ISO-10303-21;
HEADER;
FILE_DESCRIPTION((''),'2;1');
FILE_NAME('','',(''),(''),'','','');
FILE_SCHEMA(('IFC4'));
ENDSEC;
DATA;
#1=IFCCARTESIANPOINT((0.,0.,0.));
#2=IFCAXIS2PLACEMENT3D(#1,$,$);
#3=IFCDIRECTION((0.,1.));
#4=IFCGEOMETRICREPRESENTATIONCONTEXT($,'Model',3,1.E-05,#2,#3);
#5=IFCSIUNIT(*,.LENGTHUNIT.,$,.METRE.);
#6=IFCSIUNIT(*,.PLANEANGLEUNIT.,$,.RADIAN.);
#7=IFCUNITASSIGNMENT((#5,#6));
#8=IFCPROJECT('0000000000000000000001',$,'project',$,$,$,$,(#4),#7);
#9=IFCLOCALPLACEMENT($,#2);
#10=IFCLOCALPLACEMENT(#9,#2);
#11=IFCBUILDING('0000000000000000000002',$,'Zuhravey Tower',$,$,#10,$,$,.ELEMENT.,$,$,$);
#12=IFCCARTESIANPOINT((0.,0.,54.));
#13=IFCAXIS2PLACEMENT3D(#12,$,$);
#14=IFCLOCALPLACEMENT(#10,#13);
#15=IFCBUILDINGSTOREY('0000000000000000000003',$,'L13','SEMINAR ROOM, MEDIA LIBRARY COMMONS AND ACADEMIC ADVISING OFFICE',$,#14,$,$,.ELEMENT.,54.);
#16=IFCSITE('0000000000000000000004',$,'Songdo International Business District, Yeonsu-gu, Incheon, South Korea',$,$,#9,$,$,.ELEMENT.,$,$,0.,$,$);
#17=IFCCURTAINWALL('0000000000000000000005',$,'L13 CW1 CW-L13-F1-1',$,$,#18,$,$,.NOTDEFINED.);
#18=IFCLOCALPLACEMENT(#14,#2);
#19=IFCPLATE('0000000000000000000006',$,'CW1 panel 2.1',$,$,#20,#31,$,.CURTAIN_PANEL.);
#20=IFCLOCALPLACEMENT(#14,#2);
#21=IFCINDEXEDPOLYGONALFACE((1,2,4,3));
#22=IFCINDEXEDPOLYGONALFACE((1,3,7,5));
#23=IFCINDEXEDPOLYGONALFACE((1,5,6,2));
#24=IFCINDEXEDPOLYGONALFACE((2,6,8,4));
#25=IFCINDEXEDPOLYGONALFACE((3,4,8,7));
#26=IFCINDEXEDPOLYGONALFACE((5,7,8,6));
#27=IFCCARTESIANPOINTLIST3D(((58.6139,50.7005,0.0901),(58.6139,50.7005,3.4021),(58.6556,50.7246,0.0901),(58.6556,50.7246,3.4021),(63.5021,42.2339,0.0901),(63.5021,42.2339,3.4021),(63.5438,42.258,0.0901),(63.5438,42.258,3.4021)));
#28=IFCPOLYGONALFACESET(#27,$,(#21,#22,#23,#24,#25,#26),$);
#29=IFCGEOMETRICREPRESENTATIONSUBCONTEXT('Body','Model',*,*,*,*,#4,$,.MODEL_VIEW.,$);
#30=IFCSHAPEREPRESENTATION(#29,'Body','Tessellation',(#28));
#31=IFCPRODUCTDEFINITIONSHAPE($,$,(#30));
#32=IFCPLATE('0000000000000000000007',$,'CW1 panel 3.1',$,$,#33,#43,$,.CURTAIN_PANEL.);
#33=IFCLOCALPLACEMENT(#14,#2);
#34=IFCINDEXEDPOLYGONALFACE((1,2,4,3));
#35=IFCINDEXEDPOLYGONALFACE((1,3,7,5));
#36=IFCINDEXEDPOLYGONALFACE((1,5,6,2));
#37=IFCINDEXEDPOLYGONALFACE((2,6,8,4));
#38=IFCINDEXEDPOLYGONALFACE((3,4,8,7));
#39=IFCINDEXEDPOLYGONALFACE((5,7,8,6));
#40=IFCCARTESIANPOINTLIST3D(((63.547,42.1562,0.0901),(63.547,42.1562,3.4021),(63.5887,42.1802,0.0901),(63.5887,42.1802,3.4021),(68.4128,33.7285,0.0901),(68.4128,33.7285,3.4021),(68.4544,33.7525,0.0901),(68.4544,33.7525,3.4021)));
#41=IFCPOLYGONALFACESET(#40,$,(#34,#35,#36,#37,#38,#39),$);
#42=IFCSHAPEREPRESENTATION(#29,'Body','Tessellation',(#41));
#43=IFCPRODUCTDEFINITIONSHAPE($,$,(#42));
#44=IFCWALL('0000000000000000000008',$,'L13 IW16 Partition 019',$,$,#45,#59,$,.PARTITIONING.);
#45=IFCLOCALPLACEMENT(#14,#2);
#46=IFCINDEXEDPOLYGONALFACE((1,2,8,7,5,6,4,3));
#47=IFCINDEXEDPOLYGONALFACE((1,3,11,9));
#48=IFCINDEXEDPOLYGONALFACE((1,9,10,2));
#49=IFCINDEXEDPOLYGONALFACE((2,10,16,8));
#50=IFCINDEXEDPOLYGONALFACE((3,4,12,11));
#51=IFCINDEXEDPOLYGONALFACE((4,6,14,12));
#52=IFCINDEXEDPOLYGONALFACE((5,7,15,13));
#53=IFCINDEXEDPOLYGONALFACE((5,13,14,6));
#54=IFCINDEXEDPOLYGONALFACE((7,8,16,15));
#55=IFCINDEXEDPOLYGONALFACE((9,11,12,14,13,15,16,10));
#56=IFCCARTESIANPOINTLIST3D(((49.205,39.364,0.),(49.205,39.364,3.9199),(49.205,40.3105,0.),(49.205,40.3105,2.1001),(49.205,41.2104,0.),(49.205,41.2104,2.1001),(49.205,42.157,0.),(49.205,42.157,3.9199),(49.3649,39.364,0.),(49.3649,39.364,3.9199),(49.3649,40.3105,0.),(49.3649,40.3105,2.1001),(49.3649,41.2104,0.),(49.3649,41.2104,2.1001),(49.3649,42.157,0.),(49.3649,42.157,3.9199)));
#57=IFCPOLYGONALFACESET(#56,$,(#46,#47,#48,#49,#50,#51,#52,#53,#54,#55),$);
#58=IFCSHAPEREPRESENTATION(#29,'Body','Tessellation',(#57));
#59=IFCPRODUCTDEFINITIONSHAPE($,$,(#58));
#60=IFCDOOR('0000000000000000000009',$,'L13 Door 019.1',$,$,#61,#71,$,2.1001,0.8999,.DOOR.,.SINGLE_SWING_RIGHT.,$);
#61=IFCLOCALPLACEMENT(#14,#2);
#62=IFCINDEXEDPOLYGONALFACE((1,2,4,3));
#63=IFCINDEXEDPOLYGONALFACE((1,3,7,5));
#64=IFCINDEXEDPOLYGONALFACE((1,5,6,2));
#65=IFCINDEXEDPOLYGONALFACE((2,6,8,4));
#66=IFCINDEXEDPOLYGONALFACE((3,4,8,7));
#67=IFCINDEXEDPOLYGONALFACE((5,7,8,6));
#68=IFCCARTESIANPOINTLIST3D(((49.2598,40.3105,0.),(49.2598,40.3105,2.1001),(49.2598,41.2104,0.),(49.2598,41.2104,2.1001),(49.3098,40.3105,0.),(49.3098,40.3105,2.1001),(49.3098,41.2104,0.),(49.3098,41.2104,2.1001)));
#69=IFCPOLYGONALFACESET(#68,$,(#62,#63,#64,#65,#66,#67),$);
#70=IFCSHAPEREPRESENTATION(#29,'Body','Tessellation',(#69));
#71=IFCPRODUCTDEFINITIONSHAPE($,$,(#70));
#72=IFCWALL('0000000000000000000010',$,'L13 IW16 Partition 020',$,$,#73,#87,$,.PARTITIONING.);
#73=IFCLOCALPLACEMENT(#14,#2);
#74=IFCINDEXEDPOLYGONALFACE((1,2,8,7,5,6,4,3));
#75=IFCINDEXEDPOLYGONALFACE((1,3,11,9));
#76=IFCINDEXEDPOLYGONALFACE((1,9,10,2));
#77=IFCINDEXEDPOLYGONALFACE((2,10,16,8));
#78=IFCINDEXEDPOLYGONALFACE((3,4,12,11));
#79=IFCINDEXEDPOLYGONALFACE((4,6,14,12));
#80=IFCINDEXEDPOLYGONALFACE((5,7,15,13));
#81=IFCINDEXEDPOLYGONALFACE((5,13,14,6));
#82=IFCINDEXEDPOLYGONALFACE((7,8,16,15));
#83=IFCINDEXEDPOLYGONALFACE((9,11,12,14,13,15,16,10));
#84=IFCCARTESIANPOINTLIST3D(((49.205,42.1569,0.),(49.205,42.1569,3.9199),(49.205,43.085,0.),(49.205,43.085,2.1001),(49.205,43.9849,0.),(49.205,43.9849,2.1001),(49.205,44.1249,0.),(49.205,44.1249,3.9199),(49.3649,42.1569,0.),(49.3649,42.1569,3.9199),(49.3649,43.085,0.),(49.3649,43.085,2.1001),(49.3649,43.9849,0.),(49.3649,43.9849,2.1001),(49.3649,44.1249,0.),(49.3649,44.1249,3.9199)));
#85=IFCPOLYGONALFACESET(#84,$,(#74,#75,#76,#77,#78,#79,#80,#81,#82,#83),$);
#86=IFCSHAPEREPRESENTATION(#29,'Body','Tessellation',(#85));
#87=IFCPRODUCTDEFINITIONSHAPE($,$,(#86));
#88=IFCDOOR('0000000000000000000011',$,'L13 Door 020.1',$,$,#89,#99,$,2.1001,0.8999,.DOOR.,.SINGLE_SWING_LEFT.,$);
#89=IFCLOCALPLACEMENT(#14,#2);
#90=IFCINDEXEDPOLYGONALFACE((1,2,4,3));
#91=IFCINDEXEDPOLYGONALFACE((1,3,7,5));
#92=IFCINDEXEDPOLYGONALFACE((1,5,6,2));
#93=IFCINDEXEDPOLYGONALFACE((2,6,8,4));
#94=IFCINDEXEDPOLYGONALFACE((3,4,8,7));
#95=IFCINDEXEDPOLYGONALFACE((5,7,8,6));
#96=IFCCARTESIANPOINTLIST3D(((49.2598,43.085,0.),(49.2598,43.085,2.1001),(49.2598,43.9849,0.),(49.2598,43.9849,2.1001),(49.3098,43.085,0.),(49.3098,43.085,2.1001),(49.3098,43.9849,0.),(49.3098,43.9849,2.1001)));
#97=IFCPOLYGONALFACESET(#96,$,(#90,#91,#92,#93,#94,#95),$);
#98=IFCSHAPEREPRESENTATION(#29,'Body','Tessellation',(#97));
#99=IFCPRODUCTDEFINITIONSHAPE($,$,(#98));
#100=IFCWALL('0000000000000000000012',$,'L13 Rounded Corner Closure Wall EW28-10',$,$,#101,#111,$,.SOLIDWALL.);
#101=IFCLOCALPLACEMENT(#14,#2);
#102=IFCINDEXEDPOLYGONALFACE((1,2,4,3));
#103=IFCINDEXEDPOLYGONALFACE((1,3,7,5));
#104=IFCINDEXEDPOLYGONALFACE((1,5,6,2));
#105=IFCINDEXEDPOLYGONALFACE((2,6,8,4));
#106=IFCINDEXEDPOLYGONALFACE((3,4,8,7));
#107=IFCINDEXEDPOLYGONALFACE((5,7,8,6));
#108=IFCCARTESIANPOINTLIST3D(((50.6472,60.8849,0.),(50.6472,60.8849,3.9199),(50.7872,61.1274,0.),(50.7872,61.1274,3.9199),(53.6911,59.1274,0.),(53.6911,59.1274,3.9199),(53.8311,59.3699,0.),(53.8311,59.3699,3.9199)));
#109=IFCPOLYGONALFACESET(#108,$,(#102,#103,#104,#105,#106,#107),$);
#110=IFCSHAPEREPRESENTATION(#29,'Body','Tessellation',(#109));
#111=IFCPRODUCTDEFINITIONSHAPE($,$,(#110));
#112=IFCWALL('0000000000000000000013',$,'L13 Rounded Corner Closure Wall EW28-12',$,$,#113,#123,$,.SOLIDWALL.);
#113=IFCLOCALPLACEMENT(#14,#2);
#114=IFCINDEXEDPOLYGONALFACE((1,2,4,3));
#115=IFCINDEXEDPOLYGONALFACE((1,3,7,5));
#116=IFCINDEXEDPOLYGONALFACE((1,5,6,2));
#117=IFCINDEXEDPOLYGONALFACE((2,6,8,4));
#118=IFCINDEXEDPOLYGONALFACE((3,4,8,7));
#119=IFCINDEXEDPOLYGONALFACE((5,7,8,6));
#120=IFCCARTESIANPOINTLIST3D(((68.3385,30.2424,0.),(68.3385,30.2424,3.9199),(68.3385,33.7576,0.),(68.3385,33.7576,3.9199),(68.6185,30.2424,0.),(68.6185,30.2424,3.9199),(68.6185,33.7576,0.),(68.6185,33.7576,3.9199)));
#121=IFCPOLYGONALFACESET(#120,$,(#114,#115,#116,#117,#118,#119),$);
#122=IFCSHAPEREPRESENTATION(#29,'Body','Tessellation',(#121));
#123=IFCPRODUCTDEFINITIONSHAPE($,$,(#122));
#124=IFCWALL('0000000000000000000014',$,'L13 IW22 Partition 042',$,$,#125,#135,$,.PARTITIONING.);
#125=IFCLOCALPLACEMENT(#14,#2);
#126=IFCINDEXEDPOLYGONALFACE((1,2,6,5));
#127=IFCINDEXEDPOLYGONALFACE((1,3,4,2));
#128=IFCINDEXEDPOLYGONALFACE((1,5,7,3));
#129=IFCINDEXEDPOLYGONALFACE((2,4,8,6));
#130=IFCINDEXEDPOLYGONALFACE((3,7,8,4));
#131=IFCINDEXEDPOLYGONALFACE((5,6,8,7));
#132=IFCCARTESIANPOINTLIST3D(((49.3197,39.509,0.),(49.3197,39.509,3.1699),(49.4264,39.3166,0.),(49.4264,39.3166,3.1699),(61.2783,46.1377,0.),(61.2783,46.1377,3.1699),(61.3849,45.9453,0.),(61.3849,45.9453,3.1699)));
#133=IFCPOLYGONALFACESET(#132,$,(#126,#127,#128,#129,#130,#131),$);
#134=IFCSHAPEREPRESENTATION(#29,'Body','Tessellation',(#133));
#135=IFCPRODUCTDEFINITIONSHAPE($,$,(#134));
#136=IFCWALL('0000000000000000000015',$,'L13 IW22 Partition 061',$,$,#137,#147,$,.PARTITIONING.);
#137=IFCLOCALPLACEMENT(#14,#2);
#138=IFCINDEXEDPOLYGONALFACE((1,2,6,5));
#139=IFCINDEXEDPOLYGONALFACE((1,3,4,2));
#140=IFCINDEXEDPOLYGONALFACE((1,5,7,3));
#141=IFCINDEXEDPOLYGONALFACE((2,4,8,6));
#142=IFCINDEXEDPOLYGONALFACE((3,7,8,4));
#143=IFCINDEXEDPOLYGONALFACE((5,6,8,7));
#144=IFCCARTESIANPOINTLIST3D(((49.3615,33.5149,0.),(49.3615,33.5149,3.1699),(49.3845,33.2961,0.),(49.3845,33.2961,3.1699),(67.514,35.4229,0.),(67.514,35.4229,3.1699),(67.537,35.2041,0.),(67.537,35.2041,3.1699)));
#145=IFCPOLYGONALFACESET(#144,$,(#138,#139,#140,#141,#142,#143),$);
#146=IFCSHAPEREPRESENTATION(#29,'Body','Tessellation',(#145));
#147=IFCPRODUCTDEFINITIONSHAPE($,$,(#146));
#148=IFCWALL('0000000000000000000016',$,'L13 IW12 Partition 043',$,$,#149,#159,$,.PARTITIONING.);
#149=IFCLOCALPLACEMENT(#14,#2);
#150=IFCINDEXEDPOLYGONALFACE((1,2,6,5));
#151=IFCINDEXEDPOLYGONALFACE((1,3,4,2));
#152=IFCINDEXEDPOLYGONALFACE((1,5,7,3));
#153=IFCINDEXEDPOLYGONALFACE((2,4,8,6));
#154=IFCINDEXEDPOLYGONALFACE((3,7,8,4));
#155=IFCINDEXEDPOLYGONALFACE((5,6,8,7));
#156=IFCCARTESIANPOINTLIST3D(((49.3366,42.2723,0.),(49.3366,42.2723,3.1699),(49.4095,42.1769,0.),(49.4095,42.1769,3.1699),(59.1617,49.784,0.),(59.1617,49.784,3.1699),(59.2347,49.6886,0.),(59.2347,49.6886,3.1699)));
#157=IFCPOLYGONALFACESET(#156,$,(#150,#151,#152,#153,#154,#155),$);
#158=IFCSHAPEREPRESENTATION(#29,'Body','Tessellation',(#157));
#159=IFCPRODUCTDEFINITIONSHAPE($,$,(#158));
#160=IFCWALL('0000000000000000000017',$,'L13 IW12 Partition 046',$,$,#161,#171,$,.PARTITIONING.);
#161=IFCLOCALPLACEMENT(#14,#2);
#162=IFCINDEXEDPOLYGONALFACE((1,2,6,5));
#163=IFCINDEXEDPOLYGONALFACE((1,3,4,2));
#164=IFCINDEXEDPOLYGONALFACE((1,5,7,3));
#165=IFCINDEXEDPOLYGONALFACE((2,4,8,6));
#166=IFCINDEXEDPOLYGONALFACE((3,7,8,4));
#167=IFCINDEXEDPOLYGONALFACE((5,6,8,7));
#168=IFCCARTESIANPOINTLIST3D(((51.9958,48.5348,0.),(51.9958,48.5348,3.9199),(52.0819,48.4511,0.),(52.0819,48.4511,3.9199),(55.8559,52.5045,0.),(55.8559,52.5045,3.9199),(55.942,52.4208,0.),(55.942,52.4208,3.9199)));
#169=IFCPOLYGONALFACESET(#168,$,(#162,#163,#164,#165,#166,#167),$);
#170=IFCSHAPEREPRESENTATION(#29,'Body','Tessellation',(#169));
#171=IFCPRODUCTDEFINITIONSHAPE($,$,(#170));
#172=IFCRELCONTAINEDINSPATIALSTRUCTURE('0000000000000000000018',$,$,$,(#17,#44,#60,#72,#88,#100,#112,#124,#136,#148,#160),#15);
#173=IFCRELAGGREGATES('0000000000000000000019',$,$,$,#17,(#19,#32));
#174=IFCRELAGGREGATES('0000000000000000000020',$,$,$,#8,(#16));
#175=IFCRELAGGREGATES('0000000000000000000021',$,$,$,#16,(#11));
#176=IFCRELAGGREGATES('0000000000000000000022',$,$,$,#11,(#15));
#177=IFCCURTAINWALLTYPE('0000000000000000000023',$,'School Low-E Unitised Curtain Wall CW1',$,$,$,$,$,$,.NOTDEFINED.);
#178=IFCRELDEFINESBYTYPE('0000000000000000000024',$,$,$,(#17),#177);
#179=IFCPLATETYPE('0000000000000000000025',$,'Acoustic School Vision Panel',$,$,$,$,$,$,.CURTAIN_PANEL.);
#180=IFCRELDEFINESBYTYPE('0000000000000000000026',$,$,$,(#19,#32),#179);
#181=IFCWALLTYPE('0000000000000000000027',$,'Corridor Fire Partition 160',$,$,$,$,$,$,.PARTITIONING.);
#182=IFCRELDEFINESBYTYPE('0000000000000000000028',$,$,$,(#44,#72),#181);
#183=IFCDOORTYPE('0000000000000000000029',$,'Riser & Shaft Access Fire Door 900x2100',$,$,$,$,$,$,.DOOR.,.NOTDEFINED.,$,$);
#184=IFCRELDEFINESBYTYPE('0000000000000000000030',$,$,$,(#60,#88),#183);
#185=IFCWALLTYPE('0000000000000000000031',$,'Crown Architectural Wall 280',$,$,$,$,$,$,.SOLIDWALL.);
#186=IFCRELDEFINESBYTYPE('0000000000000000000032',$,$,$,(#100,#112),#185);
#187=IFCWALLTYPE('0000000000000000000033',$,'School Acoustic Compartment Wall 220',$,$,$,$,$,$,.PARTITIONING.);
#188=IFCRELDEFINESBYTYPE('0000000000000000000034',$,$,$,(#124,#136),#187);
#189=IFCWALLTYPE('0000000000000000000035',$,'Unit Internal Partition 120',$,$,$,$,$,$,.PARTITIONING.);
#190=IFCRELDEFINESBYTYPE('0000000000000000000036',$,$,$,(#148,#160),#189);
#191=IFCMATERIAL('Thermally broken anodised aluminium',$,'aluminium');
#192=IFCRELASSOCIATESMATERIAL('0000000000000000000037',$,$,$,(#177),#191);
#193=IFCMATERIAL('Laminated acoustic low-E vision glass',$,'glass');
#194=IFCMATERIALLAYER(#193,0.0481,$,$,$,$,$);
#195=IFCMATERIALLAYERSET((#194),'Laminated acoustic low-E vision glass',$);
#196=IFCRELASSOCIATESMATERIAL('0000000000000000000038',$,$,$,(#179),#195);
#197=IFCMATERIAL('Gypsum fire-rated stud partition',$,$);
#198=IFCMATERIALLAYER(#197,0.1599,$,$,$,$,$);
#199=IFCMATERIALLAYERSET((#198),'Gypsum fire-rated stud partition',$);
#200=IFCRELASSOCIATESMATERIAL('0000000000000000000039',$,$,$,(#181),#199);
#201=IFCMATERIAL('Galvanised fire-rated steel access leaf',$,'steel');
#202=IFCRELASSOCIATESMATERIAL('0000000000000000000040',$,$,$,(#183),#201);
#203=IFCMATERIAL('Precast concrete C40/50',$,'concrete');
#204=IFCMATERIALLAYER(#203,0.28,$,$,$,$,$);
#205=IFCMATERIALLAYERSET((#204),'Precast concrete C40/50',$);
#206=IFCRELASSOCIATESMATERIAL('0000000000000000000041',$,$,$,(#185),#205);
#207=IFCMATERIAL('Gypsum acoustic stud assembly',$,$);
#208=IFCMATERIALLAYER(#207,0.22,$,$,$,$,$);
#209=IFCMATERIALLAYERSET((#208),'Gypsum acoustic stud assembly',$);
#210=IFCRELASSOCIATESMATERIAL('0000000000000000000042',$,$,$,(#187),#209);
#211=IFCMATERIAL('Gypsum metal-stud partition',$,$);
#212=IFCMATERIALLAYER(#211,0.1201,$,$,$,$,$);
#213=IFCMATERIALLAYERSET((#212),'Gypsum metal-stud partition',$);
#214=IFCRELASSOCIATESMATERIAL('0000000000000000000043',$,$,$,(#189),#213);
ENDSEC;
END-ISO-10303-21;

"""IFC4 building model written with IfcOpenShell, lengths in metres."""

from ifc_helpers import new_model, si_unit, direction, frame, frame_2d, origin, origin_2d, place, context, subcontext, project, spatial, rectangle, extrude, material, layer, layer_set, type_object, element, fill, aggregate, save


model = new_model("IFC4")

# Units and contexts
model_context = context("Model", 3, precision=1e-05, world=origin(), true_north=direction((0.0, 1.0)))
body_context = subcontext(model_context, "Body", "Model", "MODEL_VIEW")
ifc_project = project(units=[si_unit("LENGTHUNIT", "METRE"), si_unit("PLANEANGLEUNIT", "RADIAN")], contexts=[model_context])

# Site, building, storey
site_placement = place(None, origin())
site = spatial("IfcSite", under=ifc_project, at=site_placement, Name="Songdo International Business District, Yeonsu-gu, Incheon, South Korea", CompositionType="ELEMENT", RefElevation=0.0)
building_placement = place(site_placement, origin())
building = spatial("IfcBuilding", under=site, at=building_placement, Name="Zuhravey Tower", CompositionType="ELEMENT")
storey_placement = place(building_placement, frame((0.0, 0.0, 54.0)))
storey = spatial("IfcBuildingStorey", under=building, at=storey_placement, Name="L13", Description="SEMINAR ROOM, MEDIA LIBRARY COMMONS AND ACADEMIC ADVISING OFFICE", CompositionType="ELEMENT", Elevation=54.0)

# Shared definitions
ifc_material_1 = material(Name="Thermally broken anodised aluminium", Category="aluminium")
curtain_wall_type = type_object("IfcCurtainWallType", Name="School Low-E Unitised Curtain Wall CW1", PredefinedType="NOTDEFINED", material=ifc_material_1)

# Curtain wall
curtain_wall_1_placement = place(storey_placement, origin())
curtain_wall_1 = element("IfcCurtainWall", 1, at=curtain_wall_1_placement, inside=storey, type_object=curtain_wall_type, Name="L13 CW1 CW-L13-F1-1", PredefinedType="NOTDEFINED")

# Plates
ifc_material_2 = material(Name="Laminated acoustic low-E vision glass", Category="glass")
ifc_layer_1 = layer(ifc_material_2, 0.0481)
ifc_layer_set_1 = layer_set([ifc_layer_1], Name="Laminated acoustic low-E vision glass")
plate_type = type_object("IfcPlateType", Name="Acoustic School Vision Panel", PredefinedType="CURTAIN_PANEL", material=ifc_layer_set_1)
plate_1_placement = place(storey_placement, frame((61.0789, 46.4792, 0.0901), z_axis=(0.0, 0.0, 1.0), x_axis=(0.5, -0.866026, 0.0)))
plate_1 = element("IfcPlate", 2, at=plate_1_placement, type_object=plate_type, Name="CW1 panel 2.1", PredefinedType="CURTAIN_PANEL", context=body_context, shape_type="SweptSolid", body=[
    extrude(rectangle(XDim=9.7764, YDim=0.0481, at=origin_2d()), origin(), (0.0, 0.0, 1.0), 3.312),
])
plate_2_placement = place(storey_placement, frame((66.0007, 37.9543, 0.0901), z_axis=(0.0, 0.0, 1.0), x_axis=(0.5, -0.866026, 0.0)))
plate_2 = element("IfcPlate", 3, at=plate_2_placement, type_object=plate_type, Name="CW1 panel 3.1", PredefinedType="CURTAIN_PANEL", context=body_context, shape_type="SweptSolid", body=[
    extrude(rectangle(XDim=9.7314, YDim=0.0481, at=origin_2d()), origin(), (0.0, 0.0, 1.0), 3.312),
])
aggregate(curtain_wall_1, [plate_1, plate_2])

# Walls, openings, doors
ifc_material_3 = material(Name="Gypsum fire-rated stud partition")
ifc_layer_2 = layer(ifc_material_3, 0.1599)
ifc_layer_set_2 = layer_set([ifc_layer_2], Name="Gypsum fire-rated stud partition")
wall_type_1 = type_object("IfcWallType", Name="Corridor Fire Partition 160", PredefinedType="PARTITIONING", material=ifc_layer_set_2)
wall_1_placement = place(storey_placement, frame((49.2849, 39.364, 0.0), z_axis=(0.0, 0.0, 1.0), x_axis=(0.0, 1.0, 0.0)))
wall_1 = element("IfcWall", 4, at=wall_1_placement, inside=storey, type_object=wall_type_1, Name="L13 IW16 Partition 019", PredefinedType="PARTITIONING", context=body_context, shape_type="SweptSolid", body=[
    extrude(rectangle(XDim=2.793, YDim=0.1599, at=frame_2d((1.3965, 0.0))), origin(), (0.0, 0.0, 1.0), 3.9199),
])
opening_1_placement = place(wall_1_placement, frame((0.9465, 0.0, 0.0)))
opening_1 = element("IfcOpeningElement", 5, at=opening_1_placement, cuts=wall_1, PredefinedType="OPENING", context=body_context, shape_type="SweptSolid", body=[
    extrude(rectangle(XDim=0.8999, YDim=2.1001, at=frame_2d((0.45, 1.05))), frame((0.0, 0.092, 0.0), z_axis=(0.0, -1.0, 0.0), x_axis=(1.0, 0.0, 0.0)), (0.0, 0.0, 1.0), 0.1838),
])
ifc_material_4 = material(Name="Galvanised fire-rated steel access leaf", Category="steel")
door_type = type_object("IfcDoorType", Name="Riser & Shaft Access Fire Door 900x2100", OperationType="NOTDEFINED", PredefinedType="DOOR", material=ifc_material_4)
door_1_placement = place(opening_1_placement, frame((0.8999, 0.0, 0.0), z_axis=(0.0, 0.0, 1.0), x_axis=(-1.0, 0.0, 0.0)))
door_1 = element("IfcDoor", 6, at=door_1_placement, inside=storey, type_object=door_type, Name="L13 Door 019.1", OperationType="SINGLE_SWING_RIGHT", OverallHeight=2.1001, OverallWidth=0.8999, PredefinedType="DOOR", context=body_context, shape_type="SweptSolid", body=[
    extrude(rectangle(XDim=0.8999, YDim=2.1001, at=frame_2d((0.45, 1.05))), frame((0.0, 0.0249, 0.0), z_axis=(0.0, -1.0, 0.0), x_axis=(1.0, 0.0, 0.0)), (0.0, 0.0, 1.0), 0.05),
])
fill(opening_1, door_1)
wall_2_placement = place(storey_placement, frame((49.2849, 42.157, 0.0), z_axis=(0.0, 0.0, 1.0), x_axis=(0.0, 1.0, 0.0)))
wall_2 = element("IfcWall", 7, at=wall_2_placement, inside=storey, type_object=wall_type_1, Name="L13 IW16 Partition 020", PredefinedType="PARTITIONING", context=body_context, shape_type="SweptSolid", body=[
    extrude(rectangle(XDim=1.968, YDim=0.1599, at=frame_2d((0.9839, 0.0))), origin(), (0.0, 0.0, 1.0), 3.9199),
])
opening_2_placement = place(wall_2_placement, frame((0.928, 0.0, 0.0)))
opening_2 = element("IfcOpeningElement", 8, at=opening_2_placement, cuts=wall_2, PredefinedType="OPENING", context=body_context, shape_type="SweptSolid", body=[
    extrude(rectangle(XDim=0.8999, YDim=2.1001, at=frame_2d((0.45, 1.05))), frame((0.0, 0.092, 0.0), z_axis=(0.0, -1.0, 0.0), x_axis=(1.0, 0.0, 0.0)), (0.0, 0.0, 1.0), 0.1838),
])
door_2_placement = place(opening_2_placement, frame((0.8999, 0.0, 0.0), z_axis=(0.0, 0.0, 1.0), x_axis=(-1.0, 0.0, 0.0)))
door_2 = element("IfcDoor", 9, at=door_2_placement, inside=storey, type_object=door_type, Name="L13 Door 020.1", OperationType="SINGLE_SWING_LEFT", OverallHeight=2.1001, OverallWidth=0.8999, PredefinedType="DOOR", context=body_context, shape_type="SweptSolid", body=[
    extrude(rectangle(XDim=0.8999, YDim=2.1001, at=frame_2d((0.45, 1.05))), frame((0.0, 0.0249, 0.0), z_axis=(0.0, -1.0, 0.0), x_axis=(1.0, 0.0, 0.0)), (0.0, 0.0, 1.0), 0.05),
])
fill(opening_2, door_2)

# Walls
ifc_material_5 = material(Name="Precast concrete C40/50", Category="concrete")
ifc_layer_3 = layer(ifc_material_5, 0.28)
ifc_layer_set_3 = layer_set([ifc_layer_3], Name="Precast concrete C40/50")
wall_type_2 = type_object("IfcWallType", Name="Crown Architectural Wall 280", PredefinedType="SOLIDWALL", material=ifc_layer_set_3)
wall_3_placement = place(storey_placement, frame((50.7173, 61.0061, 0.0), z_axis=(0.0, 0.0, 1.0), x_axis=(0.866007, -0.500031, 0.0)))
element("IfcWall", 10, at=wall_3_placement, inside=storey, type_object=wall_type_2, Name="L13 Rounded Corner Closure Wall EW28-10", PredefinedType="SOLIDWALL", context=body_context, shape_type="SweptSolid", body=[
    extrude(rectangle(XDim=3.5149, YDim=0.28, at=frame_2d((1.7573, 0.0))), origin(), (0.0, 0.0, 1.0), 3.9199),
])
wall_4_placement = place(storey_placement, frame((68.4785, 33.7576, 0.0), z_axis=(0.0, 0.0, 1.0), x_axis=(0.0, -1.0, 0.0)))
element("IfcWall", 11, at=wall_4_placement, inside=storey, type_object=wall_type_2, Name="L13 Rounded Corner Closure Wall EW28-12", PredefinedType="SOLIDWALL", context=body_context, shape_type="SweptSolid", body=[
    extrude(rectangle(XDim=3.5151, YDim=0.28, at=frame_2d((1.7576, 0.0))), origin(), (0.0, 0.0, 1.0), 3.9199),
])
ifc_material_6 = material(Name="Gypsum acoustic stud assembly")
ifc_layer_4 = layer(ifc_material_6, 0.22)
ifc_layer_set_4 = layer_set([ifc_layer_4], Name="Gypsum acoustic stud assembly")
wall_type_3 = type_object("IfcWallType", Name="School Acoustic Compartment Wall 220", PredefinedType="PARTITIONING", material=ifc_layer_set_4)
wall_5_placement = place(storey_placement, frame((49.373, 39.4128, 0.0), z_axis=(0.0, 0.0, 1.0), x_axis=(0.874621, 0.484807, 0.0)))
element("IfcWall", 12, at=wall_5_placement, inside=storey, type_object=wall_type_3, Name="L13 IW22 Partition 042", PredefinedType="PARTITIONING", context=body_context, shape_type="SweptSolid", body=[
    extrude(rectangle(XDim=13.6729, YDim=0.22, at=frame_2d((6.8364, 0.0))), origin(), (0.0, 0.0, 1.0), 3.1699),
])
wall_6_placement = place(storey_placement, frame((49.373, 33.4055, 0.0), z_axis=(0.0, 0.0, 1.0), x_axis=(0.994521, 0.104532, 0.0)))
element("IfcWall", 13, at=wall_6_placement, inside=storey, type_object=wall_type_3, Name="L13 IW22 Partition 061", PredefinedType="PARTITIONING", context=body_context, shape_type="SweptSolid", body=[
    extrude(rectangle(XDim=18.2524, YDim=0.22, at=frame_2d((9.1262, 0.0))), origin(), (0.0, 0.0, 1.0), 3.1699),
])
ifc_material_7 = material(Name="Gypsum metal-stud partition")
ifc_layer_5 = layer(ifc_material_7, 0.1201)
ifc_layer_set_5 = layer_set([ifc_layer_5], Name="Gypsum metal-stud partition")
wall_type_4 = type_object("IfcWallType", Name="Unit Internal Partition 120", PredefinedType="PARTITIONING", material=ifc_layer_set_5)
wall_7_placement = place(storey_placement, frame((49.373, 42.2246, 0.0), z_axis=(0.0, 0.0, 1.0), x_axis=(0.794423, 0.607365, 0.0)))
element("IfcWall", 14, at=wall_7_placement, inside=storey, type_object=wall_type_4, Name="L13 IW12 Partition 043", PredefinedType="PARTITIONING", context=body_context, shape_type="SweptSolid", body=[
    extrude(rectangle(XDim=12.3677, YDim=0.1201, at=frame_2d((6.1838, 0.0))), origin(), (0.0, 0.0, 1.0), 3.1699),
])
wall_8_placement = place(storey_placement, frame((52.0388, 48.4929, 0.0), z_axis=(0.0, 0.0, 1.0), x_axis=(0.697139, 0.716936, 0.0)))
element("IfcWall", 15, at=wall_8_placement, inside=storey, type_object=wall_type_4, Name="L13 IW12 Partition 046", PredefinedType="PARTITIONING", context=body_context, shape_type="SweptSolid", body=[
    extrude(rectangle(XDim=5.5371, YDim=0.1201, at=frame_2d((2.7686, 0.0))), origin(), (0.0, 0.0, 1.0), 3.9199),
])

save(model, "model.ifc")
